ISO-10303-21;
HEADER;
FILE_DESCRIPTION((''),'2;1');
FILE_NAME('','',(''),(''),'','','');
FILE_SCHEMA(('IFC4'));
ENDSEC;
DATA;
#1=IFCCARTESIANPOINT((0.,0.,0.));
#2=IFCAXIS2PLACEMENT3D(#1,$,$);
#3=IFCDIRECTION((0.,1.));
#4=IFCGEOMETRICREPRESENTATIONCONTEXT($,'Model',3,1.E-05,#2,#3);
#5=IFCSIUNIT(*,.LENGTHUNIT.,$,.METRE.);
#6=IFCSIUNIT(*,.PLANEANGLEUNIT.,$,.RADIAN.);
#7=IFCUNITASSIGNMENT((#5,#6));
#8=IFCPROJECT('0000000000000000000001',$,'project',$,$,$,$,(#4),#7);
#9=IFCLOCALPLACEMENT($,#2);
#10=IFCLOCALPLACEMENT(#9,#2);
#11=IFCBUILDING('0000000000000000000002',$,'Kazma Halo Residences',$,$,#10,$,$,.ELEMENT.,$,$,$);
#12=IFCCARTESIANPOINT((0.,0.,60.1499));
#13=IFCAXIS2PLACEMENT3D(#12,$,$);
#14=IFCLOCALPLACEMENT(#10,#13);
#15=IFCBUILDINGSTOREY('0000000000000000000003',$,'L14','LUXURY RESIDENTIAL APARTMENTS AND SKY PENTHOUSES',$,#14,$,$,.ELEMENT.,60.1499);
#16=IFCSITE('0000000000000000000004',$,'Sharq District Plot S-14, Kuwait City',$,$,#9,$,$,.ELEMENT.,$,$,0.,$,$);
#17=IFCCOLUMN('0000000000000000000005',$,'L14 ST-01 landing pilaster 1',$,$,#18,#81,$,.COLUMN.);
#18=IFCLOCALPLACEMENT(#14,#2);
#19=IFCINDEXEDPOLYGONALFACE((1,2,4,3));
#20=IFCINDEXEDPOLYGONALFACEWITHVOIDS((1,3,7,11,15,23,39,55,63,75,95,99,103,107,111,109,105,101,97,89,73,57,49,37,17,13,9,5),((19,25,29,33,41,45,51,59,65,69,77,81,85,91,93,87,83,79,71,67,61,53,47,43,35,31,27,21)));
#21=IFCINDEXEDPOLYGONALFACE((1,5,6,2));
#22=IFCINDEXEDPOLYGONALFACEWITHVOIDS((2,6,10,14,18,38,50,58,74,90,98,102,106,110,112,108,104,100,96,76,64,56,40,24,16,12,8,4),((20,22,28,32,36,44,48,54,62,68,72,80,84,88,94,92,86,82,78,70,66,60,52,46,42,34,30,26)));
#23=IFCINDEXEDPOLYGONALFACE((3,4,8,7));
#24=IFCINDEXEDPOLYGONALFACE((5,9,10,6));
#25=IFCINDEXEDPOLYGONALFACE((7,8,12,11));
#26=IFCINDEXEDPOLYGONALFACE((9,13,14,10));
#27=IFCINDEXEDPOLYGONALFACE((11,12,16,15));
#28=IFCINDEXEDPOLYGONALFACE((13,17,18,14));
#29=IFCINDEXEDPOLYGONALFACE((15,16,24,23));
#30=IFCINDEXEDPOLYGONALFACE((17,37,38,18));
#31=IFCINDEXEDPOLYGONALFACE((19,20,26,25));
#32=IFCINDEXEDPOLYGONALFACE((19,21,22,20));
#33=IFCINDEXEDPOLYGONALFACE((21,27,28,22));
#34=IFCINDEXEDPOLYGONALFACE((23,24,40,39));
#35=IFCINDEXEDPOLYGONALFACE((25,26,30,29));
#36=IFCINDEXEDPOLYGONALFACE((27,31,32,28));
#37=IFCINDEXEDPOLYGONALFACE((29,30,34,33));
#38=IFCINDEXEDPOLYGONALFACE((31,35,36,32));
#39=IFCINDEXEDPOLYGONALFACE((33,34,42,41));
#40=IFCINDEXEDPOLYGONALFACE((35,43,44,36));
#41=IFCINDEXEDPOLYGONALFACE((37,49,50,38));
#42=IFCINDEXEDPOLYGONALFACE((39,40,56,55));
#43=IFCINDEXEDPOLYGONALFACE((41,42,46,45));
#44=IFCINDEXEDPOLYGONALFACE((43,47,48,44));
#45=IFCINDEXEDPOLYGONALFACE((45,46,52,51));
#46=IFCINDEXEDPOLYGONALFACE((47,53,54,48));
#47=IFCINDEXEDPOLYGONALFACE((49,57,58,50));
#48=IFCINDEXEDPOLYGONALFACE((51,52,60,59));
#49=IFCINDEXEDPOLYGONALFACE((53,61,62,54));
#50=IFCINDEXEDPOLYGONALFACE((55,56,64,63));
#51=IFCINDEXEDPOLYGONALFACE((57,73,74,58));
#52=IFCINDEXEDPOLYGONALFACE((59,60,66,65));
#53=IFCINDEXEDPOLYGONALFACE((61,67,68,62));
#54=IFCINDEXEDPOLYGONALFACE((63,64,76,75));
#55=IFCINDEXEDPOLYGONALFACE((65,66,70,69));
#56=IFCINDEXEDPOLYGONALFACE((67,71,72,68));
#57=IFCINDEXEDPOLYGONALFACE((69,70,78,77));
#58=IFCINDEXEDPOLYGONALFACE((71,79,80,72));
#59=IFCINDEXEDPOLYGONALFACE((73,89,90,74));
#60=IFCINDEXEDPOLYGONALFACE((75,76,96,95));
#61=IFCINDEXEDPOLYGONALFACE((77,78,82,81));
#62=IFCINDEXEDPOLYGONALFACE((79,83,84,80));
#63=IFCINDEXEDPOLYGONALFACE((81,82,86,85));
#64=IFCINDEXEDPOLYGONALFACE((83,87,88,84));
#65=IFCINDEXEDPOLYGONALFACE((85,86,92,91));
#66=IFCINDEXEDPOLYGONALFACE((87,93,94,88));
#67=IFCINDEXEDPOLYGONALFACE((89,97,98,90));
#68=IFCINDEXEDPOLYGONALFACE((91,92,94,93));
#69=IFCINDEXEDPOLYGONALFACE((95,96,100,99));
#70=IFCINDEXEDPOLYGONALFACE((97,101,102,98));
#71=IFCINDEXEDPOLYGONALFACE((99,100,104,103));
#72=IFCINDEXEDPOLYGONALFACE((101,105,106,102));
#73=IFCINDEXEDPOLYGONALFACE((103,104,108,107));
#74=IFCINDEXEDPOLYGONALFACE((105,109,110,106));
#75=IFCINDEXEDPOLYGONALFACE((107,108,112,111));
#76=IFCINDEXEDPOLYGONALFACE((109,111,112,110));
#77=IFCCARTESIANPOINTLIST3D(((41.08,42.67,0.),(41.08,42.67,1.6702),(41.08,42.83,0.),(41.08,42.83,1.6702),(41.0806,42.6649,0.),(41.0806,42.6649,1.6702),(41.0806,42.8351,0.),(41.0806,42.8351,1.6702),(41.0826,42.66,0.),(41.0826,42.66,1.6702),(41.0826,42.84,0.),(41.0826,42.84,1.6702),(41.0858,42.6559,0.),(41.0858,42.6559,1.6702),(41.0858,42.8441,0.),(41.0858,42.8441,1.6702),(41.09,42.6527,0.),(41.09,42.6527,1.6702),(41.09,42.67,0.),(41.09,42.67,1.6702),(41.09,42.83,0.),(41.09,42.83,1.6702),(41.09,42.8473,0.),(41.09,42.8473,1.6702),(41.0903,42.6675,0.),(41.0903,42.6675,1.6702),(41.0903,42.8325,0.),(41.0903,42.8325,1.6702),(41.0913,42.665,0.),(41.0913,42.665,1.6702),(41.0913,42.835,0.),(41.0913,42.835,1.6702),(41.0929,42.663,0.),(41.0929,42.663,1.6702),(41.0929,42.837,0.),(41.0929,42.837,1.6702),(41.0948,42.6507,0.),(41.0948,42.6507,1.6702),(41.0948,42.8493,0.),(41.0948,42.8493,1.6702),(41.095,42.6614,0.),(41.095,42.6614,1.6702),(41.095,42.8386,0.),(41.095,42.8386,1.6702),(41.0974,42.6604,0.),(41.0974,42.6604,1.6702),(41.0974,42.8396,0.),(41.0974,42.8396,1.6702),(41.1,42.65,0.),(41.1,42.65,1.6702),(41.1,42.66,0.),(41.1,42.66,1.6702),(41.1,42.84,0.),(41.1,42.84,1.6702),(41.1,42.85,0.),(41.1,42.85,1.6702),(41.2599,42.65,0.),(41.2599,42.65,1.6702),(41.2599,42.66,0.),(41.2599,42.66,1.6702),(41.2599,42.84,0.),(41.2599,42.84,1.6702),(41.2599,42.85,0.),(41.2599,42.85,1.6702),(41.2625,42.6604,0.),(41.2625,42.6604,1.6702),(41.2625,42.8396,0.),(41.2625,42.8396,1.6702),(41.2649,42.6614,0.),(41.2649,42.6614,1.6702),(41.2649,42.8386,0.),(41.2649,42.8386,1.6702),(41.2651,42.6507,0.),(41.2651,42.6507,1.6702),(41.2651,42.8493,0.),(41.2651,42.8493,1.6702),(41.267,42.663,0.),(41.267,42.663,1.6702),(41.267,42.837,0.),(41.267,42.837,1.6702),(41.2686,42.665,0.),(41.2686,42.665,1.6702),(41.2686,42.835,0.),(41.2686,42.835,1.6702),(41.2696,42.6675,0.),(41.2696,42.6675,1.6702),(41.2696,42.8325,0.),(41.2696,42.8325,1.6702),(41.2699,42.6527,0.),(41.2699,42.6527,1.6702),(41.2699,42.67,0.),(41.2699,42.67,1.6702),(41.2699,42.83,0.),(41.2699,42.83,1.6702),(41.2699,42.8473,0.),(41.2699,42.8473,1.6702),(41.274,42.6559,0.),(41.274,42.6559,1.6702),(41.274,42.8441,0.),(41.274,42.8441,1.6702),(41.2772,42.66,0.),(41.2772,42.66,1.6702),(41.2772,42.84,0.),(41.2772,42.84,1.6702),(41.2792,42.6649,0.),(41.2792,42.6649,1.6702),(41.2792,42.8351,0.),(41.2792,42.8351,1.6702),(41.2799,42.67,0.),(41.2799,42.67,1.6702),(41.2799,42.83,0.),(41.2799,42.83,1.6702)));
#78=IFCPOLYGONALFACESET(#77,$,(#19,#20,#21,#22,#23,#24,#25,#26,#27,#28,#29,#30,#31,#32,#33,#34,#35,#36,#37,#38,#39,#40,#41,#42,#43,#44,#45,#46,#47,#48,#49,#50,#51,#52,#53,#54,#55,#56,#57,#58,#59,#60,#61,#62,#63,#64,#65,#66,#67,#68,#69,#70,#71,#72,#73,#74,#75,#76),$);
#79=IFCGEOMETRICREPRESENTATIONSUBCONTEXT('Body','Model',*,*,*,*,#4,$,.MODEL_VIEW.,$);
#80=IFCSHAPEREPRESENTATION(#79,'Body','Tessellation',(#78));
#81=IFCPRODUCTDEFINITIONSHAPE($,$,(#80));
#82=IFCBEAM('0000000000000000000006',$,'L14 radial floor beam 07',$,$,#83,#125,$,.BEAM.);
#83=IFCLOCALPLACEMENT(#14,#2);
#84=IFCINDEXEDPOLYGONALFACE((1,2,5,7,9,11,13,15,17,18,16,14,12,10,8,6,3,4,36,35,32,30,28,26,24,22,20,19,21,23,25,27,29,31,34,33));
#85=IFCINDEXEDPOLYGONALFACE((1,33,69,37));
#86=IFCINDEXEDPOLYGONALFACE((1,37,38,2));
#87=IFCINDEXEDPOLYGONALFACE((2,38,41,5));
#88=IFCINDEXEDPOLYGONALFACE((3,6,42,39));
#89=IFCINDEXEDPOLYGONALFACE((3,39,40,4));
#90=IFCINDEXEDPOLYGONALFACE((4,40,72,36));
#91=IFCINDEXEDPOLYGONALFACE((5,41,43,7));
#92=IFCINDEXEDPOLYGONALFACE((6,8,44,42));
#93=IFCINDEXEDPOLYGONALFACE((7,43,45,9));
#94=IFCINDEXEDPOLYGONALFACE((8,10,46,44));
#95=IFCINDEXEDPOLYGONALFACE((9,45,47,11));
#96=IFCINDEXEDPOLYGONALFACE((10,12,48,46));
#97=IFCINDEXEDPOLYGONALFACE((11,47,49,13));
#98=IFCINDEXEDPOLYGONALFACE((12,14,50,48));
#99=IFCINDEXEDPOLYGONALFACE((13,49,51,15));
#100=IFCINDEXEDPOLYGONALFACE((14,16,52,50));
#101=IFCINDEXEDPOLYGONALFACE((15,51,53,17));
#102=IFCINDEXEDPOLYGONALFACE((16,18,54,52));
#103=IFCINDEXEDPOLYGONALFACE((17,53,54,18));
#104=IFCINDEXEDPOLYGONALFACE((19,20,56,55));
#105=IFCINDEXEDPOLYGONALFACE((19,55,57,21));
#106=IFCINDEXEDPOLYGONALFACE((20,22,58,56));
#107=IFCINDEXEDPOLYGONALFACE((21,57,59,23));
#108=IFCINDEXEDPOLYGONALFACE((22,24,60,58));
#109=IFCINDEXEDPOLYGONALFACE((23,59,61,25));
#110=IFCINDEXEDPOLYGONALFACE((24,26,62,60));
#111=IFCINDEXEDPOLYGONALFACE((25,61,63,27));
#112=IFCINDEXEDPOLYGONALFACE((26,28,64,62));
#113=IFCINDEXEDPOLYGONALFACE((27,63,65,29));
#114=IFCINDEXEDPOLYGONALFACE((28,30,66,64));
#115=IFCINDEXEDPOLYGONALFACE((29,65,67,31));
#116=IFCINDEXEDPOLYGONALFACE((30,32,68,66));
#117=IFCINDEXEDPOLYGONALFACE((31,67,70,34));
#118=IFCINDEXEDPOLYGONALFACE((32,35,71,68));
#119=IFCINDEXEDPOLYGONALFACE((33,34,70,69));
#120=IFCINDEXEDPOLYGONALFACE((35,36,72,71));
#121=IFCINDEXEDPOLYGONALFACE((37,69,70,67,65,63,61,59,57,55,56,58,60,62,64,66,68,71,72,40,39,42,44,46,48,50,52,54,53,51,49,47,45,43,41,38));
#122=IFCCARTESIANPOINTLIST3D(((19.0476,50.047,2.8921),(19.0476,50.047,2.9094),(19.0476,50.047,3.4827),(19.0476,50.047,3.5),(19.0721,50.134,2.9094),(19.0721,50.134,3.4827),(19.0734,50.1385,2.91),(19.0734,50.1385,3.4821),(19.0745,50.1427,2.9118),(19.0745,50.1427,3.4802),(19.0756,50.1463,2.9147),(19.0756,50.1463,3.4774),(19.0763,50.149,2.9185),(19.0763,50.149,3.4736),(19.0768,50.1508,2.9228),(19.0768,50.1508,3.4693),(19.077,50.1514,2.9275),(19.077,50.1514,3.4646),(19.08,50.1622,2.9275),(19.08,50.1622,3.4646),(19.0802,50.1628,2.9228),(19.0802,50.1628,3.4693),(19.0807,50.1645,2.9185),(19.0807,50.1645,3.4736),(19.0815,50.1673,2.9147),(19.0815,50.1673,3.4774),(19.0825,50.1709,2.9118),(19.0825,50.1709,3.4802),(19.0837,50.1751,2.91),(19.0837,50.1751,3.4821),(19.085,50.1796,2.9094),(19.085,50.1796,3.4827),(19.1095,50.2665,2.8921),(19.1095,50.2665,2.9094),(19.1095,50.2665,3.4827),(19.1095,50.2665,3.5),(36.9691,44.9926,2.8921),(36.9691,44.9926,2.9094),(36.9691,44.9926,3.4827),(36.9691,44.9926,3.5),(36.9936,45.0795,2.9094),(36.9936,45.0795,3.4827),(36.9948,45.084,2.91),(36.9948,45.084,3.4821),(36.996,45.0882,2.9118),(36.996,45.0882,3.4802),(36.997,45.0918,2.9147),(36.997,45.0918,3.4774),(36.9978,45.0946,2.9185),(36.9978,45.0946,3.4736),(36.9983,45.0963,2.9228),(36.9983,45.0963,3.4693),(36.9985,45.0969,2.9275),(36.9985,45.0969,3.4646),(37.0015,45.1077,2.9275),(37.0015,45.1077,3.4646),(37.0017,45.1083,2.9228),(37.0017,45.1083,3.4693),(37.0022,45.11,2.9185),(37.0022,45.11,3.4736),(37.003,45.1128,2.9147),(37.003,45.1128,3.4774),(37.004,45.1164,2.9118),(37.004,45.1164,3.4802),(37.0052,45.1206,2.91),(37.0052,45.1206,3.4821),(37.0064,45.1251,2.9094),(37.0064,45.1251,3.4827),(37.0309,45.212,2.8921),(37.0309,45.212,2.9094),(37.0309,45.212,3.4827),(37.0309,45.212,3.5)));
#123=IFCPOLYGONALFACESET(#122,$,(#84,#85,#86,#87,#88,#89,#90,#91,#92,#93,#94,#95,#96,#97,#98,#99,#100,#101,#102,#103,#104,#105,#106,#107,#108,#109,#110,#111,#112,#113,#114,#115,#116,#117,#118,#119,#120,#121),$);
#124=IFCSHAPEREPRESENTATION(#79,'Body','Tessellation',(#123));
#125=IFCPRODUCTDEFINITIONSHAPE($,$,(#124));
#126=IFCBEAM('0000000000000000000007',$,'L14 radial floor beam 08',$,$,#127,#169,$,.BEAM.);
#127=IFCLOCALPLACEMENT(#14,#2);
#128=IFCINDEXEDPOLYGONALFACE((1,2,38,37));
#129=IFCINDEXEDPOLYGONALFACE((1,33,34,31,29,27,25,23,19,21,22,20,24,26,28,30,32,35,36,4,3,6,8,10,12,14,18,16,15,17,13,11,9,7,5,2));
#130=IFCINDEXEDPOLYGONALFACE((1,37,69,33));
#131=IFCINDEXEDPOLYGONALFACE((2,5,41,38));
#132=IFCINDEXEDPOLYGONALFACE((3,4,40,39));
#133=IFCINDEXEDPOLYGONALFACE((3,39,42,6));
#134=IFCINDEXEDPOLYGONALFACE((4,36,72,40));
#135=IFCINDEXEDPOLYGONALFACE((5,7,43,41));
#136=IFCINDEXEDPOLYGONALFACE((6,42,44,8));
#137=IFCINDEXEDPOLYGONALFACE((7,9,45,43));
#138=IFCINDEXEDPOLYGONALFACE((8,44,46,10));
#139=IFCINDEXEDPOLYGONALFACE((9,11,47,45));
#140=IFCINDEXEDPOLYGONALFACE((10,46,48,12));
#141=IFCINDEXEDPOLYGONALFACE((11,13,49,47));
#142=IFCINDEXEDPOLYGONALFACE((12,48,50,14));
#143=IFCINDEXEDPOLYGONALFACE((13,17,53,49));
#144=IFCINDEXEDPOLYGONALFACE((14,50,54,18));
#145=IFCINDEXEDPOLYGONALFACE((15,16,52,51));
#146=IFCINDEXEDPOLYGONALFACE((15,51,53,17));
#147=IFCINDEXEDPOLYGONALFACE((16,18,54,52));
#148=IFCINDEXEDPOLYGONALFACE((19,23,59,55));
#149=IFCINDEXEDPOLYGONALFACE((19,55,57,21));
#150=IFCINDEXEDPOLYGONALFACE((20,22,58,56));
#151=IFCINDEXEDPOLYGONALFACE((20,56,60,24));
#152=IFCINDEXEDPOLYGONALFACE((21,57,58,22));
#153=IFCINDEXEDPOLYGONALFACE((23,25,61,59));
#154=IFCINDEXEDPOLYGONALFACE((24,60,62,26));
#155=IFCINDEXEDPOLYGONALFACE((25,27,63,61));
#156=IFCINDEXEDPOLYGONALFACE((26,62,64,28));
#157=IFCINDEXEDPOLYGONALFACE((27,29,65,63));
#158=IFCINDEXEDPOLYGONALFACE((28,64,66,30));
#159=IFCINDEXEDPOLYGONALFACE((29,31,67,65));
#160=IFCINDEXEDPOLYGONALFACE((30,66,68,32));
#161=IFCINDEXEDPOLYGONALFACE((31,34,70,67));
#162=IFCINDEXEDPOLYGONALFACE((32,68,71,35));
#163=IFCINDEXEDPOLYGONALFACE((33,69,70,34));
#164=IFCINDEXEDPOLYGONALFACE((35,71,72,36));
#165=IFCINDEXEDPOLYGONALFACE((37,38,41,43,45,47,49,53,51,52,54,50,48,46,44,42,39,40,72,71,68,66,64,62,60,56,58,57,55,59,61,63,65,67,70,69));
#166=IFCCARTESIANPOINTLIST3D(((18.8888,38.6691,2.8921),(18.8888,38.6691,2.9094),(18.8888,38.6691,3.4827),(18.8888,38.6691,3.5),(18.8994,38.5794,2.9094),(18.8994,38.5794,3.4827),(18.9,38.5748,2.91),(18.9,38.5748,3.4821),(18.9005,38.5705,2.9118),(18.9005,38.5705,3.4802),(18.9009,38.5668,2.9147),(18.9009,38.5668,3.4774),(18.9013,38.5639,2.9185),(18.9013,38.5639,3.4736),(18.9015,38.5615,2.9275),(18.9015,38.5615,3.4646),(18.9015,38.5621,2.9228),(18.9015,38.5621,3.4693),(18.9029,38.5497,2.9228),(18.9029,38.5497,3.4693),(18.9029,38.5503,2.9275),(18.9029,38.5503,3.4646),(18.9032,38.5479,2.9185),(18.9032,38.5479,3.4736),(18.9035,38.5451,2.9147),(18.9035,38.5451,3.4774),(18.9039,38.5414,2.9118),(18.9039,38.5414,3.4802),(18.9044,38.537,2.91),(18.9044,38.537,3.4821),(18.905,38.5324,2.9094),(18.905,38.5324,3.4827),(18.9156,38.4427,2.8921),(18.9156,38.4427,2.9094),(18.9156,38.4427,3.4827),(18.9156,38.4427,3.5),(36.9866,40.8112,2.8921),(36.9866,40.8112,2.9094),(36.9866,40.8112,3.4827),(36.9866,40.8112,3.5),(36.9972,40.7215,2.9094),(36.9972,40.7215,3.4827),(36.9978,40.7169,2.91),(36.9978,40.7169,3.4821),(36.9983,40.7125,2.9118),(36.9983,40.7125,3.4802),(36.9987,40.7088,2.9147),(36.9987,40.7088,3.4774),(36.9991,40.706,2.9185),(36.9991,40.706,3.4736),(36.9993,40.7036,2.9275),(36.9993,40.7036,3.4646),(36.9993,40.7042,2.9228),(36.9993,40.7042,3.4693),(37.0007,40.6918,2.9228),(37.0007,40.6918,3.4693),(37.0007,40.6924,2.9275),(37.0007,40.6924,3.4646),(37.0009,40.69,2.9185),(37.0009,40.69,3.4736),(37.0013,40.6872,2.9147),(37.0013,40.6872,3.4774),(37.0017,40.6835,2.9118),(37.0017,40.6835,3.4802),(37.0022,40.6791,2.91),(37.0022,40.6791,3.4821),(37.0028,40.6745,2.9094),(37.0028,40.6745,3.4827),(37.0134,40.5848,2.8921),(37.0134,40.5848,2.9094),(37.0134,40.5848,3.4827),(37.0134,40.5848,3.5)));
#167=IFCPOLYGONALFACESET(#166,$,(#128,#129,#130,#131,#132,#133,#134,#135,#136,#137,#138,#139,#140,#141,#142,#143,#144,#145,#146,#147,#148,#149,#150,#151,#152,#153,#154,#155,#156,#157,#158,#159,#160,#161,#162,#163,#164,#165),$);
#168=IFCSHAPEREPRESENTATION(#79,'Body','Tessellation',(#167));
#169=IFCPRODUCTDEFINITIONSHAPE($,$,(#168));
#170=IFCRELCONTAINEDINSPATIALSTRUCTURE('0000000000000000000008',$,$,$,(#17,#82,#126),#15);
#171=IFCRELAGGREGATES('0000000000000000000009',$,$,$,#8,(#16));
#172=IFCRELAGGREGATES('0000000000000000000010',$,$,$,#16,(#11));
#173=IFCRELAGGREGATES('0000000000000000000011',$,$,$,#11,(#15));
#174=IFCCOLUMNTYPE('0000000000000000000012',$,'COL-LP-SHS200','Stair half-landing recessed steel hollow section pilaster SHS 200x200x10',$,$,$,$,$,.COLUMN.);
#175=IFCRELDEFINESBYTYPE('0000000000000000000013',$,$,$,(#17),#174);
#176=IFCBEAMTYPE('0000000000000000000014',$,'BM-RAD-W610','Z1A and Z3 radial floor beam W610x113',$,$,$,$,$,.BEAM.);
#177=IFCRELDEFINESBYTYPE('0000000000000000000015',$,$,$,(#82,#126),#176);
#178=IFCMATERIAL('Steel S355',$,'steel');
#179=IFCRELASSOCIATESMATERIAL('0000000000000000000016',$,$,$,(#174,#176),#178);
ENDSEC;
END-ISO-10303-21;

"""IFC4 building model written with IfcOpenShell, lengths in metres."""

from ifc_helpers import new_model, si_unit, direction, frame, origin, origin_2d, place, context, subcontext, project, spatial, hollow_rectangle, i_section, extrude, material, material_profile, profile_set, type_object, element, save


model = new_model("IFC4")

# Units and contexts
model_context = context("Model", 3, precision=1e-05, world=origin(), true_north=direction((0.0, 1.0)))
body_context = subcontext(model_context, "Body", "Model", "MODEL_VIEW")
ifc_project = project(units=[si_unit("LENGTHUNIT", "METRE"), si_unit("PLANEANGLEUNIT", "RADIAN")], contexts=[model_context])

# Site, building, storey
site_placement = place(None, origin())
site = spatial("IfcSite", under=ifc_project, at=site_placement, Name="Sharq District Plot S-14, Kuwait City", CompositionType="ELEMENT", RefElevation=0.0)
building_placement = place(site_placement, origin())
building = spatial("IfcBuilding", under=site, at=building_placement, Name="Kazma Halo Residences", CompositionType="ELEMENT")
storey_placement = place(building_placement, frame((0.0, 0.0, 60.1499)))
storey = spatial("IfcBuildingStorey", under=building, at=storey_placement, Name="L14", Description="LUXURY RESIDENTIAL APARTMENTS AND SKY PENTHOUSES", CompositionType="ELEMENT", Elevation=60.1499)

# Column
ifc_material_1 = material(Name="Steel S355", Category="steel")
ifc_material_profile_1 = material_profile(ifc_material_1, hollow_rectangle(XDim=0.2, YDim=0.2, WallThickness=0.01, InnerFilletRadius=0.01, OuterFilletRadius=0.02, at=origin_2d()), Name="SHS200x200x10")
ifc_profile_set_1 = profile_set([ifc_material_profile_1], Name="Steel S355")
column_type = type_object("IfcColumnType", Name="COL-LP-SHS200", Description="Stair half-landing recessed steel hollow section pilaster SHS 200x200x10", PredefinedType="COLUMN", material=ifc_profile_set_1)
column_placement = place(storey_placement, frame((41.1799, 42.75, 0.0), z_axis=(0.0, 0.0, 1.0), x_axis=(1.0, 0.0, 0.0)))
element("IfcColumn", 1, at=column_placement, inside=storey, type_object=column_type, Name="L14 ST-01 landing pilaster 1", PredefinedType="COLUMN", context=body_context, shape_type="SweptSolid", body=[
    extrude(hollow_rectangle(XDim=0.2, YDim=0.2, WallThickness=0.01, InnerFilletRadius=0.01, OuterFilletRadius=0.02, at=origin_2d()), origin(), (0.0, 0.0, 1.0), 1.6702),
])

# Beams
ifc_material_profile_2 = material_profile(ifc_material_1, i_section(OverallWidth=0.228, OverallDepth=0.6079, WebThickness=0.0112, FlangeThickness=0.0173, FilletRadius=0.0181, at=origin_2d()), Name="W610x113")
ifc_profile_set_2 = profile_set([ifc_material_profile_2], Name="Steel S355")
beam_type_1 = type_object("IfcBeamType", Name="BM-RAD-W610", Description="Z1A and Z3 radial floor beam W610x113", PredefinedType="BEAM", material=ifc_profile_set_2)
beam_1_placement = place(storey_placement, frame((37.0, 45.1023, 3.196), z_axis=(-0.962454, 0.271445, 0.0), x_axis=(-0.271445, -0.962454, 0.0)))
element("IfcBeam", 2, at=beam_1_placement, inside=storey, type_object=beam_type_1, Name="L14 radial floor beam 07", PredefinedType="BEAM", context=body_context, shape_type="SweptSolid", body=[
    extrude(i_section(OverallWidth=0.228, OverallDepth=0.6079, WebThickness=0.0112, FlangeThickness=0.0173, FilletRadius=0.0181, at=origin_2d()), origin(), (0.0, 0.0, 1.0), 18.6206),
])
beam_2_placement = place(storey_placement, frame((37.0, 40.698, 3.196), z_axis=(-0.993068, -0.117541, 0.0), x_axis=(0.117541, -0.993068, 0.0)))
element("IfcBeam", 3, at=beam_2_placement, inside=storey, type_object=beam_type_1, Name="L14 radial floor beam 08", PredefinedType="BEAM", context=body_context, shape_type="SweptSolid", body=[
    extrude(i_section(OverallWidth=0.228, OverallDepth=0.6079, WebThickness=0.0112, FlangeThickness=0.0173, FilletRadius=0.0181, at=origin_2d()), origin(), (0.0, 0.0, 1.0), 18.2241),
])

save(model, "model.ifc")
